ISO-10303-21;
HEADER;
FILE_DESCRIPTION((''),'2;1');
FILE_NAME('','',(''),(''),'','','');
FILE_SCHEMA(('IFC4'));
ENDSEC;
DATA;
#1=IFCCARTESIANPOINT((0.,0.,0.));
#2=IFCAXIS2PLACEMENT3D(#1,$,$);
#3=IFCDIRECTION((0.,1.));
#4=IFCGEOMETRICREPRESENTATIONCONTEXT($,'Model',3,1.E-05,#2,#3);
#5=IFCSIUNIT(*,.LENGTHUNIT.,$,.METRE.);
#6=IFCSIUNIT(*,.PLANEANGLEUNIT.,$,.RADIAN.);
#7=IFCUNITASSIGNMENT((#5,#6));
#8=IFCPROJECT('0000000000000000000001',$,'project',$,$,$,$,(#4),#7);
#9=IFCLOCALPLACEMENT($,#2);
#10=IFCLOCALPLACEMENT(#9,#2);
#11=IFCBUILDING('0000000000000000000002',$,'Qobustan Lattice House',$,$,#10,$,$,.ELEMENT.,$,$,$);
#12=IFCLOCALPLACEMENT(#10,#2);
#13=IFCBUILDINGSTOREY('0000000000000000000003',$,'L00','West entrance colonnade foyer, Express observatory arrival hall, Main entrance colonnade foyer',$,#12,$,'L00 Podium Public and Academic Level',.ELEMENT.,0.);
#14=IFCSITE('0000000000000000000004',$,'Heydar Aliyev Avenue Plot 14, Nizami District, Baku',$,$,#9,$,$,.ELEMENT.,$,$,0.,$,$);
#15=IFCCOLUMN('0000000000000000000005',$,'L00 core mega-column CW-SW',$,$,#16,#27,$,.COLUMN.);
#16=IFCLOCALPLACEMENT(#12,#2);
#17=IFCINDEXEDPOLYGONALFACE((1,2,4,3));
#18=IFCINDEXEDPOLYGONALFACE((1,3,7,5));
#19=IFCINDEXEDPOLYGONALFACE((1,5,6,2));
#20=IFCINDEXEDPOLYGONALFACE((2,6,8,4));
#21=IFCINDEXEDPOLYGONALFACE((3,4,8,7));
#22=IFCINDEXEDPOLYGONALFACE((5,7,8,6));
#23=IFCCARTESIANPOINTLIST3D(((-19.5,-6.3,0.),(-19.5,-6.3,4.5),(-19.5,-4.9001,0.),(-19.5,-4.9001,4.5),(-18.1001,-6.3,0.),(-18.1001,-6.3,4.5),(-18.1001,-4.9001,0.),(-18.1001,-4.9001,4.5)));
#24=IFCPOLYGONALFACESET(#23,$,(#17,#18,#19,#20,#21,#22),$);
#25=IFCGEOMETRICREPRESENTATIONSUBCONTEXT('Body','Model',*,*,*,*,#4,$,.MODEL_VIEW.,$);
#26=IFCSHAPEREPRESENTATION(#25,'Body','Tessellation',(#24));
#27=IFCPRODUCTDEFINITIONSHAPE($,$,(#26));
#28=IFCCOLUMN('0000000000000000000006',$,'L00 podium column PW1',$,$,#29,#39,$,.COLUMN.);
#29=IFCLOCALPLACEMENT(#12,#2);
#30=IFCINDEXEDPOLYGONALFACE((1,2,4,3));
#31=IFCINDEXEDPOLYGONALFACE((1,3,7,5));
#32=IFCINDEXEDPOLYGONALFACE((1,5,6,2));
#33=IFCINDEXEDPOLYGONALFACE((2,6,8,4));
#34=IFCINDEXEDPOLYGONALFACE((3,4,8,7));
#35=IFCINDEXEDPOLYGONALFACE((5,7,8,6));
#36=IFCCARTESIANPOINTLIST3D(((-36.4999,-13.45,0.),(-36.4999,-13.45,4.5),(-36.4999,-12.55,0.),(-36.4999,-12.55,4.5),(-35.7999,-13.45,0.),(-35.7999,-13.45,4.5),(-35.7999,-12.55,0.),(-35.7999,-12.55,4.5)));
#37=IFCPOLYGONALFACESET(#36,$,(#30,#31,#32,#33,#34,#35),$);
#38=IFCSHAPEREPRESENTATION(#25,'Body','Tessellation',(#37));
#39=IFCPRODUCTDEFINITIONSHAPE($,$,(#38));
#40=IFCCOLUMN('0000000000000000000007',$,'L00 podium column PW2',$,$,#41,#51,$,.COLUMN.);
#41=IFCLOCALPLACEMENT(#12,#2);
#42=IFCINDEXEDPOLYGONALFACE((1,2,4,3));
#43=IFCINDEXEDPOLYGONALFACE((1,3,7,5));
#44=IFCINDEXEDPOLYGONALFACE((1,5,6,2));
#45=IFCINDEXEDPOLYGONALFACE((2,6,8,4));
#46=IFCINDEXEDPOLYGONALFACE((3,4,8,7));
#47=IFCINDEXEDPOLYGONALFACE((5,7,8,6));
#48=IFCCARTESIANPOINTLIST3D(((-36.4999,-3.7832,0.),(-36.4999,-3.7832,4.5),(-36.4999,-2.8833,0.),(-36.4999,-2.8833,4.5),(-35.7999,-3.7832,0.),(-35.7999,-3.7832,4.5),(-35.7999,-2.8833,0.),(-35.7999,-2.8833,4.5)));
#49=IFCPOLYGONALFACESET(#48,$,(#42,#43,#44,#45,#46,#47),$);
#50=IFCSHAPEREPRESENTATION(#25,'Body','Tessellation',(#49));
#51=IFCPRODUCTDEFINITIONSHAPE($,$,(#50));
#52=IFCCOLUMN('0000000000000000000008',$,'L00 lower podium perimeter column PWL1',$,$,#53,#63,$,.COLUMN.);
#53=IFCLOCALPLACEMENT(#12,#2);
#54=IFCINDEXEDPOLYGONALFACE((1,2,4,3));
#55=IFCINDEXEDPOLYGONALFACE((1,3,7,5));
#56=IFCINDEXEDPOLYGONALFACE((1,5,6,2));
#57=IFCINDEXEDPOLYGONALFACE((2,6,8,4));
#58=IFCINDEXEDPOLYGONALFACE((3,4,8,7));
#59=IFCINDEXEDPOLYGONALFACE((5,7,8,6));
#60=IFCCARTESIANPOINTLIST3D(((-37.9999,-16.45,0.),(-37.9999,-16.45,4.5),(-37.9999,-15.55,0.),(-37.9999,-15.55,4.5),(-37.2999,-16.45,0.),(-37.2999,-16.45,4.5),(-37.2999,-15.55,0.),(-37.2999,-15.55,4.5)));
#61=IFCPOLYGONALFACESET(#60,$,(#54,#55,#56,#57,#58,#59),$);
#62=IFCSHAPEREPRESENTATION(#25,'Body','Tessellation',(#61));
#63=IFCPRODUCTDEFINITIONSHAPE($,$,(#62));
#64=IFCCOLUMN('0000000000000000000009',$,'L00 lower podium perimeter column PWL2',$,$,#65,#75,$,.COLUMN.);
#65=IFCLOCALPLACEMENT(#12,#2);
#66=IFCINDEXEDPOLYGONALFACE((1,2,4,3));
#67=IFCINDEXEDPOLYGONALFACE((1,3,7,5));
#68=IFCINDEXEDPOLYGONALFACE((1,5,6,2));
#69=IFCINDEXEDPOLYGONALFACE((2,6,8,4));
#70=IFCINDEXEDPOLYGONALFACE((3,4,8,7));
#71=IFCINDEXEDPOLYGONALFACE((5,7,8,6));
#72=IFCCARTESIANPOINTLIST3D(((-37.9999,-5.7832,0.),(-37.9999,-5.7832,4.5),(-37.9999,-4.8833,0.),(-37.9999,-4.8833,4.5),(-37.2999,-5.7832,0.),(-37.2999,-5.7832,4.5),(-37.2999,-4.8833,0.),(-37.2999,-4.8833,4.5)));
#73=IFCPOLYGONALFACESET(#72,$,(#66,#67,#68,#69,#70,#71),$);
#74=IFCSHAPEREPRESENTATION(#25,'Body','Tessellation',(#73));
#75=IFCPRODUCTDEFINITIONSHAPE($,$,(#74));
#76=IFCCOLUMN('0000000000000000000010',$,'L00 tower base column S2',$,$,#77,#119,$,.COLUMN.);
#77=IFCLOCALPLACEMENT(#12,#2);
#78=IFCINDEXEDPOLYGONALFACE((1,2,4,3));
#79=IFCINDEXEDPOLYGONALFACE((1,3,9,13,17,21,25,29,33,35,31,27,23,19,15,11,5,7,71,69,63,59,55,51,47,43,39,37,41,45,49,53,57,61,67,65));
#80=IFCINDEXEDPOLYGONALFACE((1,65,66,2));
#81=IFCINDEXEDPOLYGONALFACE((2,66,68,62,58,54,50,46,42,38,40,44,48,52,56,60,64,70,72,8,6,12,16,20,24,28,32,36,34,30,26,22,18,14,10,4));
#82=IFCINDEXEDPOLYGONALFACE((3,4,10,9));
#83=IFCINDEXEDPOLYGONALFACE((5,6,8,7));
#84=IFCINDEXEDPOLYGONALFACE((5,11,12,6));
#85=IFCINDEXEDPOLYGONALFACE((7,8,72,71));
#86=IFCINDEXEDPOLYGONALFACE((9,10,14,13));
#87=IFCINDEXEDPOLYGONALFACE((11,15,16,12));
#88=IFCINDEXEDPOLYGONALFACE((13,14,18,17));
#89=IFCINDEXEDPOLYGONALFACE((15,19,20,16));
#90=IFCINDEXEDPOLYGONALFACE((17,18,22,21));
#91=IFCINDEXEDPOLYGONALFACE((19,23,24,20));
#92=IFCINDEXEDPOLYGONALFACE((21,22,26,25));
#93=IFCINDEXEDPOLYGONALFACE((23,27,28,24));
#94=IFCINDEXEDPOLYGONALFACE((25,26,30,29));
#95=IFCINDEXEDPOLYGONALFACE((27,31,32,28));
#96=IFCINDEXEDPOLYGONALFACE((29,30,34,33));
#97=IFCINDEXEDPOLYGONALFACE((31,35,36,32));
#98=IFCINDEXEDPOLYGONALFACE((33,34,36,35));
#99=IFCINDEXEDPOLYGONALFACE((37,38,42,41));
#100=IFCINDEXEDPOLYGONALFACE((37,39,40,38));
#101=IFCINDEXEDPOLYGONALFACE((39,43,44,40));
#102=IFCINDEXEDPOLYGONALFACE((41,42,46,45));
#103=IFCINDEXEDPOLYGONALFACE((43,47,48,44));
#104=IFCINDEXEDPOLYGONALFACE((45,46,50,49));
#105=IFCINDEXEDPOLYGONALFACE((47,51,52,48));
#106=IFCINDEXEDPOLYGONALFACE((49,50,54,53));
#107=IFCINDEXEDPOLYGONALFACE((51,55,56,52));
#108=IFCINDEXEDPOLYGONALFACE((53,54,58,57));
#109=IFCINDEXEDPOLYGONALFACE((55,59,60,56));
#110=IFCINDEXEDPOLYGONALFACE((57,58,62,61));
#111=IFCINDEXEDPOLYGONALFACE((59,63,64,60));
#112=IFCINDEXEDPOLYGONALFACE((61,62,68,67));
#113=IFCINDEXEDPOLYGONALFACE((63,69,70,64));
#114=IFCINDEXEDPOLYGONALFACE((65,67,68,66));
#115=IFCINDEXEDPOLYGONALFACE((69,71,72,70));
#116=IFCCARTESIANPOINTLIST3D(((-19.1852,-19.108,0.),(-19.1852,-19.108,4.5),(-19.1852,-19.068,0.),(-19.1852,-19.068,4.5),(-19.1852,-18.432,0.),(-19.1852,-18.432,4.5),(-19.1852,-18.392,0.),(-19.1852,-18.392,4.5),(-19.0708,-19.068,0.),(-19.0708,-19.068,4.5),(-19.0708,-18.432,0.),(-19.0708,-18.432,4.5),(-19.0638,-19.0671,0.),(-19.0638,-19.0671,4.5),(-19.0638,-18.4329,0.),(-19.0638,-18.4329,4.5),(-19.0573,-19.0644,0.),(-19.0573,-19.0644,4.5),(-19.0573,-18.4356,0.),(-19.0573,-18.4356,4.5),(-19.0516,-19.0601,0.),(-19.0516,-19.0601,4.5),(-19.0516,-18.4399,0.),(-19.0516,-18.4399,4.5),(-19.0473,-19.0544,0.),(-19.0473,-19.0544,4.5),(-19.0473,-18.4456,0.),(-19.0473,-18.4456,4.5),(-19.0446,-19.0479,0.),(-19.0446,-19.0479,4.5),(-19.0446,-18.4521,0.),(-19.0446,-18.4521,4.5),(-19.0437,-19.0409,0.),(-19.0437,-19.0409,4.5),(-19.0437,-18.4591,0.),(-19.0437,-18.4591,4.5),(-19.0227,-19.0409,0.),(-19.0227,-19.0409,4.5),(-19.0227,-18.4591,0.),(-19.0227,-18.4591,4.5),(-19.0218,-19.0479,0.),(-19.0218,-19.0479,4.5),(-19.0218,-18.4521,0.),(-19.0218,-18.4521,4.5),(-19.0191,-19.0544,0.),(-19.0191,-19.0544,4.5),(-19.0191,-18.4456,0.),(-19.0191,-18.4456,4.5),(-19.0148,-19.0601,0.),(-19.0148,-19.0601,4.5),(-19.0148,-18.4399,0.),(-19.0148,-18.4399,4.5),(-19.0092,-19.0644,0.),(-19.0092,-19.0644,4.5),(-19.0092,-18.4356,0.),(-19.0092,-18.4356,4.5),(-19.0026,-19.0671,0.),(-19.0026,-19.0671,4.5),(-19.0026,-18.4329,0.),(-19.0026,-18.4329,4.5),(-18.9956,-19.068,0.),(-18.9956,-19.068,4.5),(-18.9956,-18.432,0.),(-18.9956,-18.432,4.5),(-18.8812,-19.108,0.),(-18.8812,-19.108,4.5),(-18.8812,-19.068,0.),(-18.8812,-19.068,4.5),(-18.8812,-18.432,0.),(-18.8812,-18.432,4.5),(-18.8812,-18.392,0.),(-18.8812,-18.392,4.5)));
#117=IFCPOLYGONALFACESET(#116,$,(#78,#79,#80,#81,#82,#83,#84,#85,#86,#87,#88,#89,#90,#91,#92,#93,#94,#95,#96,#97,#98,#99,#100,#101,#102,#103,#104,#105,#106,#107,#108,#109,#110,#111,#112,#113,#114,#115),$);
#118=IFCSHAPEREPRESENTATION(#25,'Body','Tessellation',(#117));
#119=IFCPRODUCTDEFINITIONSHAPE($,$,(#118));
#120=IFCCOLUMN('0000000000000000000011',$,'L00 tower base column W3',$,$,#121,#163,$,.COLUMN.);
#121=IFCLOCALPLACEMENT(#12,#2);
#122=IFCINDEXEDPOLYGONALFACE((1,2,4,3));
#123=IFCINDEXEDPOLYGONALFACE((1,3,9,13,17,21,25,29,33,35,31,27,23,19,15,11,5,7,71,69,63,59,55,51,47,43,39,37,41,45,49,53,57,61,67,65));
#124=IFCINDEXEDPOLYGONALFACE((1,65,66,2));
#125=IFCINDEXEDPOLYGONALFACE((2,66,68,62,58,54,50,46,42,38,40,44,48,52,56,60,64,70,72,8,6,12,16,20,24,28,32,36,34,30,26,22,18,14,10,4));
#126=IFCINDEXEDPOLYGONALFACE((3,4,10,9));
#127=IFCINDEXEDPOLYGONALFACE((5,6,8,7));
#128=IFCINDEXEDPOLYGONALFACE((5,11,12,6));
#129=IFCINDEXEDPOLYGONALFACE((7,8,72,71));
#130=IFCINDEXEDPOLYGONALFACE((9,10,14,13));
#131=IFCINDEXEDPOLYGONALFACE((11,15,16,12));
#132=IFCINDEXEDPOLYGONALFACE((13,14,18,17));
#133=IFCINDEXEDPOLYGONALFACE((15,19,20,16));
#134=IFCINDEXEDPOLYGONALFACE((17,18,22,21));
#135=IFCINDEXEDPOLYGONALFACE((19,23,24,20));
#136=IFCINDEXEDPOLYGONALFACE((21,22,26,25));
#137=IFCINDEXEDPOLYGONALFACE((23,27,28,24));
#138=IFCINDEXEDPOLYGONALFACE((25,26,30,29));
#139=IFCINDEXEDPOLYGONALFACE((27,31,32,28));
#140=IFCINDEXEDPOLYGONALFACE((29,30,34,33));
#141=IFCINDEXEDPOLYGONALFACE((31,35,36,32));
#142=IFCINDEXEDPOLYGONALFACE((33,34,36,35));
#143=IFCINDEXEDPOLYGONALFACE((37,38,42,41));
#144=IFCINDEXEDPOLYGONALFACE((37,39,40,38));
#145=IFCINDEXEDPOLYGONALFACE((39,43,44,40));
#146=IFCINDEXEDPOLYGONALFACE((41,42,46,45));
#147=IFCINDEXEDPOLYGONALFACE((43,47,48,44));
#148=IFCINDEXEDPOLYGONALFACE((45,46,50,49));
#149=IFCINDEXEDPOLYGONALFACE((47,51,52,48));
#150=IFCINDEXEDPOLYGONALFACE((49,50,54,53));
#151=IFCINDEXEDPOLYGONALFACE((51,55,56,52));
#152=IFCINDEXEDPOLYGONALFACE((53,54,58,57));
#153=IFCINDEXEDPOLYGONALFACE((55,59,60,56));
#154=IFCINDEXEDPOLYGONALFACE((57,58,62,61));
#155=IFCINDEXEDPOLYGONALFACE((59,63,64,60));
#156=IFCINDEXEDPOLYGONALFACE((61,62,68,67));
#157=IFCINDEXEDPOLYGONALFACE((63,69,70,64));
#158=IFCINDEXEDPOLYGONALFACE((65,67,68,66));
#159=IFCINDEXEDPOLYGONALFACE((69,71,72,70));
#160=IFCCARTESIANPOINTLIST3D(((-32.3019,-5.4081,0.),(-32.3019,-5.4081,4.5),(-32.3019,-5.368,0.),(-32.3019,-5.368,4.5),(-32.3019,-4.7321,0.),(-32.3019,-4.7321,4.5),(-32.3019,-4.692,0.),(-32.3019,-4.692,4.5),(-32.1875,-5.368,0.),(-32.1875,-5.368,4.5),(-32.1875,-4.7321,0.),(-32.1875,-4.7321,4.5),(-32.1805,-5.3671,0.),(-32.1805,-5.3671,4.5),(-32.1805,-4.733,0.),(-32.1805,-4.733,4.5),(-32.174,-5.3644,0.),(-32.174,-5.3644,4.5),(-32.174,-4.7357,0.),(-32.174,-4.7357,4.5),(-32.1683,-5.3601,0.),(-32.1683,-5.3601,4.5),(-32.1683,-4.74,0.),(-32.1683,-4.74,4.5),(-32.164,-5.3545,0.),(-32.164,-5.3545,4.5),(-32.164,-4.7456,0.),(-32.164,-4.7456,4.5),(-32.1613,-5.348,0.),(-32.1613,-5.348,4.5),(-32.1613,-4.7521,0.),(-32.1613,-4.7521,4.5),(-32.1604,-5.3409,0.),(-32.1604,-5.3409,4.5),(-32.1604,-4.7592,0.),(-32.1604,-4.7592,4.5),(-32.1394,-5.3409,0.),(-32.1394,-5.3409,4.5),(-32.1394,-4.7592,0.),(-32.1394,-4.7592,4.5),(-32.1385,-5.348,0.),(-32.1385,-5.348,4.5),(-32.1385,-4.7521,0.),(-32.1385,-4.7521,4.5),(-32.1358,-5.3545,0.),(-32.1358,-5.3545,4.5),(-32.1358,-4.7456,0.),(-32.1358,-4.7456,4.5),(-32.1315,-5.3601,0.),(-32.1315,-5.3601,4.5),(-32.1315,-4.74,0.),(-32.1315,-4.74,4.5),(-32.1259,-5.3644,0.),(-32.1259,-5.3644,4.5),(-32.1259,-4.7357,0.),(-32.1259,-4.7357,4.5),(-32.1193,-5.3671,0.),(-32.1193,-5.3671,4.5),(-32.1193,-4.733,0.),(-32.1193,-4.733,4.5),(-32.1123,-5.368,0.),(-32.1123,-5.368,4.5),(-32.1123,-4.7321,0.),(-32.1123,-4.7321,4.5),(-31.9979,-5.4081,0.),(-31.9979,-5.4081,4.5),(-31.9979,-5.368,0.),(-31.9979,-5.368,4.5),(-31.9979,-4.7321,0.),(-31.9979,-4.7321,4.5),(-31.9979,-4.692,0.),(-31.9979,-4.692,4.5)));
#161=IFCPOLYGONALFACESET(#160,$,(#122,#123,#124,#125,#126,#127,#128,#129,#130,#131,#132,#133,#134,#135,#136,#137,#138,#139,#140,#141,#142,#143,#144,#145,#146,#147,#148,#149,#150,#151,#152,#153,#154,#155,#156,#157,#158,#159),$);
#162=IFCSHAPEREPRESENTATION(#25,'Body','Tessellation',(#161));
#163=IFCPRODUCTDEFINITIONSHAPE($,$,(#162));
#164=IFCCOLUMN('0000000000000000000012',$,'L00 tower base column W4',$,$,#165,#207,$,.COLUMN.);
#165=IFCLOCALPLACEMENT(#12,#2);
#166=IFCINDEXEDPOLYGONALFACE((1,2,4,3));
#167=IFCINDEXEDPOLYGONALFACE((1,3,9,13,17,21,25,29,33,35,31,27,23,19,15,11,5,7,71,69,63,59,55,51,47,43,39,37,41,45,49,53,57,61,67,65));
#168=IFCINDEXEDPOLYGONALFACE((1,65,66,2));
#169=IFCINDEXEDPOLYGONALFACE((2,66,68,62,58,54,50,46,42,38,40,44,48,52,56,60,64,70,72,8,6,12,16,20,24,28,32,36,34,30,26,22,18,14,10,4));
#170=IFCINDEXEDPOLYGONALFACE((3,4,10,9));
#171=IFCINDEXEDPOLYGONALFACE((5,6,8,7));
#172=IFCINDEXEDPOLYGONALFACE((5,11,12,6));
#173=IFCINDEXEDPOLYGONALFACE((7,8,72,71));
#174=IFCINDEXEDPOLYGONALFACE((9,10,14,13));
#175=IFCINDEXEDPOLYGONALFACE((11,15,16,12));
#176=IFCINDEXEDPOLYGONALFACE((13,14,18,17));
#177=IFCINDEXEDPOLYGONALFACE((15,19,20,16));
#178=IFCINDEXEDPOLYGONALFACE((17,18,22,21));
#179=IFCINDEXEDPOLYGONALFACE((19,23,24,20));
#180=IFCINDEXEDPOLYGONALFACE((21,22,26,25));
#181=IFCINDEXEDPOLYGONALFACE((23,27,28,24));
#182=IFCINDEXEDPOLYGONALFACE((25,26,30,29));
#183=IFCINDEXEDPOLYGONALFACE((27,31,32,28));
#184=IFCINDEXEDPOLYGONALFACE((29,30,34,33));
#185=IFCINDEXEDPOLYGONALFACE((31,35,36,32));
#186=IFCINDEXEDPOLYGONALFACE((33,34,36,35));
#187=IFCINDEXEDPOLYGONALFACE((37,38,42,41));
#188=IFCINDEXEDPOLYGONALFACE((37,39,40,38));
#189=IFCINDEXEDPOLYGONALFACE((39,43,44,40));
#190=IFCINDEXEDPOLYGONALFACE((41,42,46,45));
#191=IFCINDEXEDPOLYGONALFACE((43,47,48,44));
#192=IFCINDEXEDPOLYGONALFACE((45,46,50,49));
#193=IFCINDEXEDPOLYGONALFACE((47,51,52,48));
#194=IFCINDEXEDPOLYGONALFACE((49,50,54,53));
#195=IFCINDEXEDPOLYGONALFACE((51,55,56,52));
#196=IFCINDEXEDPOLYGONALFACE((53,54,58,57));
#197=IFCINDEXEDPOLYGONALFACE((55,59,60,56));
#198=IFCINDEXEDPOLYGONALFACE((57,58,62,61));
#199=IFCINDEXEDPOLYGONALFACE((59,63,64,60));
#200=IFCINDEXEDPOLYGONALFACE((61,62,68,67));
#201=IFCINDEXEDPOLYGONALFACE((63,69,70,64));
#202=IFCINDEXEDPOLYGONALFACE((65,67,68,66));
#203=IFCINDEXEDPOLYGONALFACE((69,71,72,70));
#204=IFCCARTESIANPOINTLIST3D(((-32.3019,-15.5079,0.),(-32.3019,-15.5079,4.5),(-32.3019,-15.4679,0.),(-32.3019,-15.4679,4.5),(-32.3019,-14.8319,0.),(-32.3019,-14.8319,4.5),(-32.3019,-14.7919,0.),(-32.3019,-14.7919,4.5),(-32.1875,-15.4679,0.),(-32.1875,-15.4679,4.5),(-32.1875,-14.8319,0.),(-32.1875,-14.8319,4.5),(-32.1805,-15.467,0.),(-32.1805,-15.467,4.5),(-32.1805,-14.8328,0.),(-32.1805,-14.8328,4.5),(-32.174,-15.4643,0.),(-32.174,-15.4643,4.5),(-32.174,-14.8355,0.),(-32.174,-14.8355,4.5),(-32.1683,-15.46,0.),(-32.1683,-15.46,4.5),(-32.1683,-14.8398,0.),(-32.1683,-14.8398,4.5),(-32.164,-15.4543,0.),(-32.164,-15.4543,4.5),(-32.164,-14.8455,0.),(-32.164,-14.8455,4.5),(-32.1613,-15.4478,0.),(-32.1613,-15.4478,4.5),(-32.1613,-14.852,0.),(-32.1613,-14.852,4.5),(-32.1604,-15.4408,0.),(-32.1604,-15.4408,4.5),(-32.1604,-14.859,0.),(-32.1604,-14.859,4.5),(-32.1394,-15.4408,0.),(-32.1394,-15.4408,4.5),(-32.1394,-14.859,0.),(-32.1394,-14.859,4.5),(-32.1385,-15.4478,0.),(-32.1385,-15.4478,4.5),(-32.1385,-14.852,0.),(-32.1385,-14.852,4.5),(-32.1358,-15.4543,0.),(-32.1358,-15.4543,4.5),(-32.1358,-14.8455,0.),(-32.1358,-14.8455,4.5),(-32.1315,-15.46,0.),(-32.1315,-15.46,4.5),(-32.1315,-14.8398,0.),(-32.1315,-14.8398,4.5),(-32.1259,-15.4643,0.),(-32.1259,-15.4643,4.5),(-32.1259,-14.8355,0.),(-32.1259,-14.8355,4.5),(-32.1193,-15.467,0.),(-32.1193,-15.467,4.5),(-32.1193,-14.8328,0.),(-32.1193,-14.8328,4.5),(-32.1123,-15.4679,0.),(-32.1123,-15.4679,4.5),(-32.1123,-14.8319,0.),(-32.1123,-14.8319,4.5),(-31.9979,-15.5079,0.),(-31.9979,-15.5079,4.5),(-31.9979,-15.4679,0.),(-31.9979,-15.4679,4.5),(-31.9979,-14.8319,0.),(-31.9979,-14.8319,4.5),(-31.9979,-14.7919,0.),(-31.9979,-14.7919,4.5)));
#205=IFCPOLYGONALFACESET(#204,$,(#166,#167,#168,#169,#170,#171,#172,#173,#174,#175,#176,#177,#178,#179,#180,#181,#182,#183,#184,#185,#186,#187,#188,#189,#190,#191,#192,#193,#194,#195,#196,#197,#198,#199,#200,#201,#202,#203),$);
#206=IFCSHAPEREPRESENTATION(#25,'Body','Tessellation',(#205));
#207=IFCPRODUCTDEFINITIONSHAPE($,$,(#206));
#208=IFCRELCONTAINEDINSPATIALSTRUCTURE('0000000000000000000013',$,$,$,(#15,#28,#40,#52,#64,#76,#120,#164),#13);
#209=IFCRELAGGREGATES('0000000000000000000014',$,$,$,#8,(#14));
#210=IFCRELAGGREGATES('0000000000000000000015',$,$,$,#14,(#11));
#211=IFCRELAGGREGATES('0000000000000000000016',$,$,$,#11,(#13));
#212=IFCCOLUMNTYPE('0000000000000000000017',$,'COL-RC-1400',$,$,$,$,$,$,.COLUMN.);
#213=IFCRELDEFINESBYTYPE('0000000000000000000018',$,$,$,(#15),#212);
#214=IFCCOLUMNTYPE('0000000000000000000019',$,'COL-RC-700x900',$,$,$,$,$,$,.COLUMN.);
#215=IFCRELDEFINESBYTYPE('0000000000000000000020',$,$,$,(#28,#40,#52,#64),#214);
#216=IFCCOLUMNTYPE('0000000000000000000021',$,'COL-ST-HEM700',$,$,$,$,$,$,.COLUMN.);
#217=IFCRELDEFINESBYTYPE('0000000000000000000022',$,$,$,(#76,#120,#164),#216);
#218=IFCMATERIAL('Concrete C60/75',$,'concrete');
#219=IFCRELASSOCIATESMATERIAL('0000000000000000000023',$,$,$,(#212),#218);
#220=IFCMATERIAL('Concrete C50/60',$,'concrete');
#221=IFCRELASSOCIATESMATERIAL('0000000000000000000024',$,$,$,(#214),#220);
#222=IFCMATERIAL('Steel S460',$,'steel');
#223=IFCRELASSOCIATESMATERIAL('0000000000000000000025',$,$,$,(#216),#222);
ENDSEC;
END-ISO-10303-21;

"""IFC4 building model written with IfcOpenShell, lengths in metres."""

from ifc_helpers import new_model, si_unit, direction, frame, origin, origin_2d, place, context, subcontext, project, spatial, rectangle, i_section, extrude, material, material_profile, profile_set, type_object, element, save


model = new_model("IFC4")

# Units and contexts
model_context = context("Model", 3, precision=1e-05, world=origin(), true_north=direction((0.0, 1.0)))
body_context = subcontext(model_context, "Body", "Model", "MODEL_VIEW")
ifc_project = project(units=[si_unit("LENGTHUNIT", "METRE"), si_unit("PLANEANGLEUNIT", "RADIAN")], contexts=[model_context])

# Site, building, storey
site_placement = place(None, origin())
site = spatial("IfcSite", under=ifc_project, at=site_placement, Name="Heydar Aliyev Avenue Plot 14, Nizami District, Baku", CompositionType="ELEMENT", RefElevation=0.0)
building_placement = place(site_placement, origin())
building = spatial("IfcBuilding", under=site, at=building_placement, Name="Qobustan Lattice House", CompositionType="ELEMENT")
storey_placement = place(building_placement, origin())
storey = spatial("IfcBuildingStorey", under=building, at=storey_placement, Name="L00", Description="West entrance colonnade foyer, Express observatory arrival hall, Main entrance colonnade foyer", LongName="L00 Podium Public and Academic Level", CompositionType="ELEMENT", Elevation=0.0)

# Columns
ifc_material_1 = material(Name="Concrete C60/75", Category="concrete")
ifc_material_profile_1 = material_profile(ifc_material_1, rectangle(XDim=1.3999, YDim=1.3999, at=origin_2d()), Name="RC1400x1400")
ifc_profile_set_1 = profile_set([ifc_material_profile_1], Name="Concrete C60/75")
column_type_1 = type_object("IfcColumnType", Name="COL-RC-1400", PredefinedType="COLUMN", material=ifc_profile_set_1)
column_placement = place(storey_placement, frame((-18.8, -5.6001, 0.0), z_axis=(0.0, 0.0, 1.0), x_axis=(1.0, 0.0, 0.0)))
element("IfcColumn", 1, at=column_placement, inside=storey, type_object=column_type_1, Name="L00 core mega-column CW-SW", PredefinedType="COLUMN", context=body_context, shape_type="SweptSolid", body=[
    extrude(rectangle(XDim=1.3999, YDim=1.3999, at=origin_2d()), origin(), (0.0, 0.0, 1.0), 4.5),
])
ifc_material_2 = material(Name="Concrete C50/60", Category="concrete")
ifc_material_profile_2 = material_profile(ifc_material_2, rectangle(XDim=0.7, YDim=0.8999, at=origin_2d()), Name="RC700x900")
ifc_profile_set_2 = profile_set([ifc_material_profile_2], Name="Concrete C50/60")
column_type_2 = type_object("IfcColumnType", Name="COL-RC-700x900", PredefinedType="COLUMN", material=ifc_profile_set_2)
for number, where, z_axis, x_axis, name in (
    (2, (-36.1499, -13.0, 0.0), (0.0, 0.0, 1.0), (1.0, 0.0, 0.0), "L00 podium column PW1"),
    (3, (-36.1499, -3.3333, 0.0), (0.0, 0.0, 1.0), (1.0, 0.0, 0.0), "L00 podium column PW2"),
    (4, (-37.6499, -16.0, 0.0), (0.0, 0.0, 1.0), (1.0, 0.0, 0.0), "L00 lower podium perimeter column PWL1"),
    (5, (-37.6499, -5.3333, 0.0), (0.0, 0.0, 1.0), (1.0, 0.0, 0.0), "L00 lower podium perimeter column PWL2"),
):
    element("IfcColumn", number, at=place(storey_placement, frame(where, z_axis=z_axis, x_axis=x_axis)), inside=storey, type_object=column_type_2, Name=name, PredefinedType="COLUMN", context=body_context, shape_type="SweptSolid", body=[
        extrude(rectangle(XDim=0.7, YDim=0.8999, at=origin_2d()), origin(), (0.0, 0.0, 1.0), 4.5),
    ])
ifc_material_3 = material(Name="Steel S460", Category="steel")
ifc_material_profile_3 = material_profile(ifc_material_3, i_section(OverallWidth=0.304, OverallDepth=0.7161, WebThickness=0.021, FlangeThickness=0.04, FilletRadius=0.0271, at=origin_2d()), Name="HEM700")
ifc_profile_set_3 = profile_set([ifc_material_profile_3], Name="Steel S460")
column_type_3 = type_object("IfcColumnType", Name="COL-ST-HEM700", PredefinedType="COLUMN", material=ifc_profile_set_3)
for number, where, z_axis, x_axis, name in (
    (6, (-19.0332, -18.75, 0.0), (0.0, 0.0, 1.0), (1.0, 0.0, 0.0), "L00 tower base column S2"),
    (7, (-32.1499, -5.05, 0.0), (0.0, 0.0, 1.0), (1.0, 0.0, 0.0), "L00 tower base column W3"),
    (8, (-32.1499, -15.1499, 0.0), (0.0, 0.0, 1.0), (1.0, 0.0, 0.0), "L00 tower base column W4"),
):
    element("IfcColumn", number, at=place(storey_placement, frame(where, z_axis=z_axis, x_axis=x_axis)), inside=storey, type_object=column_type_3, Name=name, PredefinedType="COLUMN", context=body_context, shape_type="SweptSolid", body=[
        extrude(i_section(OverallWidth=0.304, OverallDepth=0.7161, WebThickness=0.021, FlangeThickness=0.04, FilletRadius=0.0271, at=origin_2d()), origin(), (0.0, 0.0, 1.0), 4.5),
    ])

save(model, "model.ifc")
